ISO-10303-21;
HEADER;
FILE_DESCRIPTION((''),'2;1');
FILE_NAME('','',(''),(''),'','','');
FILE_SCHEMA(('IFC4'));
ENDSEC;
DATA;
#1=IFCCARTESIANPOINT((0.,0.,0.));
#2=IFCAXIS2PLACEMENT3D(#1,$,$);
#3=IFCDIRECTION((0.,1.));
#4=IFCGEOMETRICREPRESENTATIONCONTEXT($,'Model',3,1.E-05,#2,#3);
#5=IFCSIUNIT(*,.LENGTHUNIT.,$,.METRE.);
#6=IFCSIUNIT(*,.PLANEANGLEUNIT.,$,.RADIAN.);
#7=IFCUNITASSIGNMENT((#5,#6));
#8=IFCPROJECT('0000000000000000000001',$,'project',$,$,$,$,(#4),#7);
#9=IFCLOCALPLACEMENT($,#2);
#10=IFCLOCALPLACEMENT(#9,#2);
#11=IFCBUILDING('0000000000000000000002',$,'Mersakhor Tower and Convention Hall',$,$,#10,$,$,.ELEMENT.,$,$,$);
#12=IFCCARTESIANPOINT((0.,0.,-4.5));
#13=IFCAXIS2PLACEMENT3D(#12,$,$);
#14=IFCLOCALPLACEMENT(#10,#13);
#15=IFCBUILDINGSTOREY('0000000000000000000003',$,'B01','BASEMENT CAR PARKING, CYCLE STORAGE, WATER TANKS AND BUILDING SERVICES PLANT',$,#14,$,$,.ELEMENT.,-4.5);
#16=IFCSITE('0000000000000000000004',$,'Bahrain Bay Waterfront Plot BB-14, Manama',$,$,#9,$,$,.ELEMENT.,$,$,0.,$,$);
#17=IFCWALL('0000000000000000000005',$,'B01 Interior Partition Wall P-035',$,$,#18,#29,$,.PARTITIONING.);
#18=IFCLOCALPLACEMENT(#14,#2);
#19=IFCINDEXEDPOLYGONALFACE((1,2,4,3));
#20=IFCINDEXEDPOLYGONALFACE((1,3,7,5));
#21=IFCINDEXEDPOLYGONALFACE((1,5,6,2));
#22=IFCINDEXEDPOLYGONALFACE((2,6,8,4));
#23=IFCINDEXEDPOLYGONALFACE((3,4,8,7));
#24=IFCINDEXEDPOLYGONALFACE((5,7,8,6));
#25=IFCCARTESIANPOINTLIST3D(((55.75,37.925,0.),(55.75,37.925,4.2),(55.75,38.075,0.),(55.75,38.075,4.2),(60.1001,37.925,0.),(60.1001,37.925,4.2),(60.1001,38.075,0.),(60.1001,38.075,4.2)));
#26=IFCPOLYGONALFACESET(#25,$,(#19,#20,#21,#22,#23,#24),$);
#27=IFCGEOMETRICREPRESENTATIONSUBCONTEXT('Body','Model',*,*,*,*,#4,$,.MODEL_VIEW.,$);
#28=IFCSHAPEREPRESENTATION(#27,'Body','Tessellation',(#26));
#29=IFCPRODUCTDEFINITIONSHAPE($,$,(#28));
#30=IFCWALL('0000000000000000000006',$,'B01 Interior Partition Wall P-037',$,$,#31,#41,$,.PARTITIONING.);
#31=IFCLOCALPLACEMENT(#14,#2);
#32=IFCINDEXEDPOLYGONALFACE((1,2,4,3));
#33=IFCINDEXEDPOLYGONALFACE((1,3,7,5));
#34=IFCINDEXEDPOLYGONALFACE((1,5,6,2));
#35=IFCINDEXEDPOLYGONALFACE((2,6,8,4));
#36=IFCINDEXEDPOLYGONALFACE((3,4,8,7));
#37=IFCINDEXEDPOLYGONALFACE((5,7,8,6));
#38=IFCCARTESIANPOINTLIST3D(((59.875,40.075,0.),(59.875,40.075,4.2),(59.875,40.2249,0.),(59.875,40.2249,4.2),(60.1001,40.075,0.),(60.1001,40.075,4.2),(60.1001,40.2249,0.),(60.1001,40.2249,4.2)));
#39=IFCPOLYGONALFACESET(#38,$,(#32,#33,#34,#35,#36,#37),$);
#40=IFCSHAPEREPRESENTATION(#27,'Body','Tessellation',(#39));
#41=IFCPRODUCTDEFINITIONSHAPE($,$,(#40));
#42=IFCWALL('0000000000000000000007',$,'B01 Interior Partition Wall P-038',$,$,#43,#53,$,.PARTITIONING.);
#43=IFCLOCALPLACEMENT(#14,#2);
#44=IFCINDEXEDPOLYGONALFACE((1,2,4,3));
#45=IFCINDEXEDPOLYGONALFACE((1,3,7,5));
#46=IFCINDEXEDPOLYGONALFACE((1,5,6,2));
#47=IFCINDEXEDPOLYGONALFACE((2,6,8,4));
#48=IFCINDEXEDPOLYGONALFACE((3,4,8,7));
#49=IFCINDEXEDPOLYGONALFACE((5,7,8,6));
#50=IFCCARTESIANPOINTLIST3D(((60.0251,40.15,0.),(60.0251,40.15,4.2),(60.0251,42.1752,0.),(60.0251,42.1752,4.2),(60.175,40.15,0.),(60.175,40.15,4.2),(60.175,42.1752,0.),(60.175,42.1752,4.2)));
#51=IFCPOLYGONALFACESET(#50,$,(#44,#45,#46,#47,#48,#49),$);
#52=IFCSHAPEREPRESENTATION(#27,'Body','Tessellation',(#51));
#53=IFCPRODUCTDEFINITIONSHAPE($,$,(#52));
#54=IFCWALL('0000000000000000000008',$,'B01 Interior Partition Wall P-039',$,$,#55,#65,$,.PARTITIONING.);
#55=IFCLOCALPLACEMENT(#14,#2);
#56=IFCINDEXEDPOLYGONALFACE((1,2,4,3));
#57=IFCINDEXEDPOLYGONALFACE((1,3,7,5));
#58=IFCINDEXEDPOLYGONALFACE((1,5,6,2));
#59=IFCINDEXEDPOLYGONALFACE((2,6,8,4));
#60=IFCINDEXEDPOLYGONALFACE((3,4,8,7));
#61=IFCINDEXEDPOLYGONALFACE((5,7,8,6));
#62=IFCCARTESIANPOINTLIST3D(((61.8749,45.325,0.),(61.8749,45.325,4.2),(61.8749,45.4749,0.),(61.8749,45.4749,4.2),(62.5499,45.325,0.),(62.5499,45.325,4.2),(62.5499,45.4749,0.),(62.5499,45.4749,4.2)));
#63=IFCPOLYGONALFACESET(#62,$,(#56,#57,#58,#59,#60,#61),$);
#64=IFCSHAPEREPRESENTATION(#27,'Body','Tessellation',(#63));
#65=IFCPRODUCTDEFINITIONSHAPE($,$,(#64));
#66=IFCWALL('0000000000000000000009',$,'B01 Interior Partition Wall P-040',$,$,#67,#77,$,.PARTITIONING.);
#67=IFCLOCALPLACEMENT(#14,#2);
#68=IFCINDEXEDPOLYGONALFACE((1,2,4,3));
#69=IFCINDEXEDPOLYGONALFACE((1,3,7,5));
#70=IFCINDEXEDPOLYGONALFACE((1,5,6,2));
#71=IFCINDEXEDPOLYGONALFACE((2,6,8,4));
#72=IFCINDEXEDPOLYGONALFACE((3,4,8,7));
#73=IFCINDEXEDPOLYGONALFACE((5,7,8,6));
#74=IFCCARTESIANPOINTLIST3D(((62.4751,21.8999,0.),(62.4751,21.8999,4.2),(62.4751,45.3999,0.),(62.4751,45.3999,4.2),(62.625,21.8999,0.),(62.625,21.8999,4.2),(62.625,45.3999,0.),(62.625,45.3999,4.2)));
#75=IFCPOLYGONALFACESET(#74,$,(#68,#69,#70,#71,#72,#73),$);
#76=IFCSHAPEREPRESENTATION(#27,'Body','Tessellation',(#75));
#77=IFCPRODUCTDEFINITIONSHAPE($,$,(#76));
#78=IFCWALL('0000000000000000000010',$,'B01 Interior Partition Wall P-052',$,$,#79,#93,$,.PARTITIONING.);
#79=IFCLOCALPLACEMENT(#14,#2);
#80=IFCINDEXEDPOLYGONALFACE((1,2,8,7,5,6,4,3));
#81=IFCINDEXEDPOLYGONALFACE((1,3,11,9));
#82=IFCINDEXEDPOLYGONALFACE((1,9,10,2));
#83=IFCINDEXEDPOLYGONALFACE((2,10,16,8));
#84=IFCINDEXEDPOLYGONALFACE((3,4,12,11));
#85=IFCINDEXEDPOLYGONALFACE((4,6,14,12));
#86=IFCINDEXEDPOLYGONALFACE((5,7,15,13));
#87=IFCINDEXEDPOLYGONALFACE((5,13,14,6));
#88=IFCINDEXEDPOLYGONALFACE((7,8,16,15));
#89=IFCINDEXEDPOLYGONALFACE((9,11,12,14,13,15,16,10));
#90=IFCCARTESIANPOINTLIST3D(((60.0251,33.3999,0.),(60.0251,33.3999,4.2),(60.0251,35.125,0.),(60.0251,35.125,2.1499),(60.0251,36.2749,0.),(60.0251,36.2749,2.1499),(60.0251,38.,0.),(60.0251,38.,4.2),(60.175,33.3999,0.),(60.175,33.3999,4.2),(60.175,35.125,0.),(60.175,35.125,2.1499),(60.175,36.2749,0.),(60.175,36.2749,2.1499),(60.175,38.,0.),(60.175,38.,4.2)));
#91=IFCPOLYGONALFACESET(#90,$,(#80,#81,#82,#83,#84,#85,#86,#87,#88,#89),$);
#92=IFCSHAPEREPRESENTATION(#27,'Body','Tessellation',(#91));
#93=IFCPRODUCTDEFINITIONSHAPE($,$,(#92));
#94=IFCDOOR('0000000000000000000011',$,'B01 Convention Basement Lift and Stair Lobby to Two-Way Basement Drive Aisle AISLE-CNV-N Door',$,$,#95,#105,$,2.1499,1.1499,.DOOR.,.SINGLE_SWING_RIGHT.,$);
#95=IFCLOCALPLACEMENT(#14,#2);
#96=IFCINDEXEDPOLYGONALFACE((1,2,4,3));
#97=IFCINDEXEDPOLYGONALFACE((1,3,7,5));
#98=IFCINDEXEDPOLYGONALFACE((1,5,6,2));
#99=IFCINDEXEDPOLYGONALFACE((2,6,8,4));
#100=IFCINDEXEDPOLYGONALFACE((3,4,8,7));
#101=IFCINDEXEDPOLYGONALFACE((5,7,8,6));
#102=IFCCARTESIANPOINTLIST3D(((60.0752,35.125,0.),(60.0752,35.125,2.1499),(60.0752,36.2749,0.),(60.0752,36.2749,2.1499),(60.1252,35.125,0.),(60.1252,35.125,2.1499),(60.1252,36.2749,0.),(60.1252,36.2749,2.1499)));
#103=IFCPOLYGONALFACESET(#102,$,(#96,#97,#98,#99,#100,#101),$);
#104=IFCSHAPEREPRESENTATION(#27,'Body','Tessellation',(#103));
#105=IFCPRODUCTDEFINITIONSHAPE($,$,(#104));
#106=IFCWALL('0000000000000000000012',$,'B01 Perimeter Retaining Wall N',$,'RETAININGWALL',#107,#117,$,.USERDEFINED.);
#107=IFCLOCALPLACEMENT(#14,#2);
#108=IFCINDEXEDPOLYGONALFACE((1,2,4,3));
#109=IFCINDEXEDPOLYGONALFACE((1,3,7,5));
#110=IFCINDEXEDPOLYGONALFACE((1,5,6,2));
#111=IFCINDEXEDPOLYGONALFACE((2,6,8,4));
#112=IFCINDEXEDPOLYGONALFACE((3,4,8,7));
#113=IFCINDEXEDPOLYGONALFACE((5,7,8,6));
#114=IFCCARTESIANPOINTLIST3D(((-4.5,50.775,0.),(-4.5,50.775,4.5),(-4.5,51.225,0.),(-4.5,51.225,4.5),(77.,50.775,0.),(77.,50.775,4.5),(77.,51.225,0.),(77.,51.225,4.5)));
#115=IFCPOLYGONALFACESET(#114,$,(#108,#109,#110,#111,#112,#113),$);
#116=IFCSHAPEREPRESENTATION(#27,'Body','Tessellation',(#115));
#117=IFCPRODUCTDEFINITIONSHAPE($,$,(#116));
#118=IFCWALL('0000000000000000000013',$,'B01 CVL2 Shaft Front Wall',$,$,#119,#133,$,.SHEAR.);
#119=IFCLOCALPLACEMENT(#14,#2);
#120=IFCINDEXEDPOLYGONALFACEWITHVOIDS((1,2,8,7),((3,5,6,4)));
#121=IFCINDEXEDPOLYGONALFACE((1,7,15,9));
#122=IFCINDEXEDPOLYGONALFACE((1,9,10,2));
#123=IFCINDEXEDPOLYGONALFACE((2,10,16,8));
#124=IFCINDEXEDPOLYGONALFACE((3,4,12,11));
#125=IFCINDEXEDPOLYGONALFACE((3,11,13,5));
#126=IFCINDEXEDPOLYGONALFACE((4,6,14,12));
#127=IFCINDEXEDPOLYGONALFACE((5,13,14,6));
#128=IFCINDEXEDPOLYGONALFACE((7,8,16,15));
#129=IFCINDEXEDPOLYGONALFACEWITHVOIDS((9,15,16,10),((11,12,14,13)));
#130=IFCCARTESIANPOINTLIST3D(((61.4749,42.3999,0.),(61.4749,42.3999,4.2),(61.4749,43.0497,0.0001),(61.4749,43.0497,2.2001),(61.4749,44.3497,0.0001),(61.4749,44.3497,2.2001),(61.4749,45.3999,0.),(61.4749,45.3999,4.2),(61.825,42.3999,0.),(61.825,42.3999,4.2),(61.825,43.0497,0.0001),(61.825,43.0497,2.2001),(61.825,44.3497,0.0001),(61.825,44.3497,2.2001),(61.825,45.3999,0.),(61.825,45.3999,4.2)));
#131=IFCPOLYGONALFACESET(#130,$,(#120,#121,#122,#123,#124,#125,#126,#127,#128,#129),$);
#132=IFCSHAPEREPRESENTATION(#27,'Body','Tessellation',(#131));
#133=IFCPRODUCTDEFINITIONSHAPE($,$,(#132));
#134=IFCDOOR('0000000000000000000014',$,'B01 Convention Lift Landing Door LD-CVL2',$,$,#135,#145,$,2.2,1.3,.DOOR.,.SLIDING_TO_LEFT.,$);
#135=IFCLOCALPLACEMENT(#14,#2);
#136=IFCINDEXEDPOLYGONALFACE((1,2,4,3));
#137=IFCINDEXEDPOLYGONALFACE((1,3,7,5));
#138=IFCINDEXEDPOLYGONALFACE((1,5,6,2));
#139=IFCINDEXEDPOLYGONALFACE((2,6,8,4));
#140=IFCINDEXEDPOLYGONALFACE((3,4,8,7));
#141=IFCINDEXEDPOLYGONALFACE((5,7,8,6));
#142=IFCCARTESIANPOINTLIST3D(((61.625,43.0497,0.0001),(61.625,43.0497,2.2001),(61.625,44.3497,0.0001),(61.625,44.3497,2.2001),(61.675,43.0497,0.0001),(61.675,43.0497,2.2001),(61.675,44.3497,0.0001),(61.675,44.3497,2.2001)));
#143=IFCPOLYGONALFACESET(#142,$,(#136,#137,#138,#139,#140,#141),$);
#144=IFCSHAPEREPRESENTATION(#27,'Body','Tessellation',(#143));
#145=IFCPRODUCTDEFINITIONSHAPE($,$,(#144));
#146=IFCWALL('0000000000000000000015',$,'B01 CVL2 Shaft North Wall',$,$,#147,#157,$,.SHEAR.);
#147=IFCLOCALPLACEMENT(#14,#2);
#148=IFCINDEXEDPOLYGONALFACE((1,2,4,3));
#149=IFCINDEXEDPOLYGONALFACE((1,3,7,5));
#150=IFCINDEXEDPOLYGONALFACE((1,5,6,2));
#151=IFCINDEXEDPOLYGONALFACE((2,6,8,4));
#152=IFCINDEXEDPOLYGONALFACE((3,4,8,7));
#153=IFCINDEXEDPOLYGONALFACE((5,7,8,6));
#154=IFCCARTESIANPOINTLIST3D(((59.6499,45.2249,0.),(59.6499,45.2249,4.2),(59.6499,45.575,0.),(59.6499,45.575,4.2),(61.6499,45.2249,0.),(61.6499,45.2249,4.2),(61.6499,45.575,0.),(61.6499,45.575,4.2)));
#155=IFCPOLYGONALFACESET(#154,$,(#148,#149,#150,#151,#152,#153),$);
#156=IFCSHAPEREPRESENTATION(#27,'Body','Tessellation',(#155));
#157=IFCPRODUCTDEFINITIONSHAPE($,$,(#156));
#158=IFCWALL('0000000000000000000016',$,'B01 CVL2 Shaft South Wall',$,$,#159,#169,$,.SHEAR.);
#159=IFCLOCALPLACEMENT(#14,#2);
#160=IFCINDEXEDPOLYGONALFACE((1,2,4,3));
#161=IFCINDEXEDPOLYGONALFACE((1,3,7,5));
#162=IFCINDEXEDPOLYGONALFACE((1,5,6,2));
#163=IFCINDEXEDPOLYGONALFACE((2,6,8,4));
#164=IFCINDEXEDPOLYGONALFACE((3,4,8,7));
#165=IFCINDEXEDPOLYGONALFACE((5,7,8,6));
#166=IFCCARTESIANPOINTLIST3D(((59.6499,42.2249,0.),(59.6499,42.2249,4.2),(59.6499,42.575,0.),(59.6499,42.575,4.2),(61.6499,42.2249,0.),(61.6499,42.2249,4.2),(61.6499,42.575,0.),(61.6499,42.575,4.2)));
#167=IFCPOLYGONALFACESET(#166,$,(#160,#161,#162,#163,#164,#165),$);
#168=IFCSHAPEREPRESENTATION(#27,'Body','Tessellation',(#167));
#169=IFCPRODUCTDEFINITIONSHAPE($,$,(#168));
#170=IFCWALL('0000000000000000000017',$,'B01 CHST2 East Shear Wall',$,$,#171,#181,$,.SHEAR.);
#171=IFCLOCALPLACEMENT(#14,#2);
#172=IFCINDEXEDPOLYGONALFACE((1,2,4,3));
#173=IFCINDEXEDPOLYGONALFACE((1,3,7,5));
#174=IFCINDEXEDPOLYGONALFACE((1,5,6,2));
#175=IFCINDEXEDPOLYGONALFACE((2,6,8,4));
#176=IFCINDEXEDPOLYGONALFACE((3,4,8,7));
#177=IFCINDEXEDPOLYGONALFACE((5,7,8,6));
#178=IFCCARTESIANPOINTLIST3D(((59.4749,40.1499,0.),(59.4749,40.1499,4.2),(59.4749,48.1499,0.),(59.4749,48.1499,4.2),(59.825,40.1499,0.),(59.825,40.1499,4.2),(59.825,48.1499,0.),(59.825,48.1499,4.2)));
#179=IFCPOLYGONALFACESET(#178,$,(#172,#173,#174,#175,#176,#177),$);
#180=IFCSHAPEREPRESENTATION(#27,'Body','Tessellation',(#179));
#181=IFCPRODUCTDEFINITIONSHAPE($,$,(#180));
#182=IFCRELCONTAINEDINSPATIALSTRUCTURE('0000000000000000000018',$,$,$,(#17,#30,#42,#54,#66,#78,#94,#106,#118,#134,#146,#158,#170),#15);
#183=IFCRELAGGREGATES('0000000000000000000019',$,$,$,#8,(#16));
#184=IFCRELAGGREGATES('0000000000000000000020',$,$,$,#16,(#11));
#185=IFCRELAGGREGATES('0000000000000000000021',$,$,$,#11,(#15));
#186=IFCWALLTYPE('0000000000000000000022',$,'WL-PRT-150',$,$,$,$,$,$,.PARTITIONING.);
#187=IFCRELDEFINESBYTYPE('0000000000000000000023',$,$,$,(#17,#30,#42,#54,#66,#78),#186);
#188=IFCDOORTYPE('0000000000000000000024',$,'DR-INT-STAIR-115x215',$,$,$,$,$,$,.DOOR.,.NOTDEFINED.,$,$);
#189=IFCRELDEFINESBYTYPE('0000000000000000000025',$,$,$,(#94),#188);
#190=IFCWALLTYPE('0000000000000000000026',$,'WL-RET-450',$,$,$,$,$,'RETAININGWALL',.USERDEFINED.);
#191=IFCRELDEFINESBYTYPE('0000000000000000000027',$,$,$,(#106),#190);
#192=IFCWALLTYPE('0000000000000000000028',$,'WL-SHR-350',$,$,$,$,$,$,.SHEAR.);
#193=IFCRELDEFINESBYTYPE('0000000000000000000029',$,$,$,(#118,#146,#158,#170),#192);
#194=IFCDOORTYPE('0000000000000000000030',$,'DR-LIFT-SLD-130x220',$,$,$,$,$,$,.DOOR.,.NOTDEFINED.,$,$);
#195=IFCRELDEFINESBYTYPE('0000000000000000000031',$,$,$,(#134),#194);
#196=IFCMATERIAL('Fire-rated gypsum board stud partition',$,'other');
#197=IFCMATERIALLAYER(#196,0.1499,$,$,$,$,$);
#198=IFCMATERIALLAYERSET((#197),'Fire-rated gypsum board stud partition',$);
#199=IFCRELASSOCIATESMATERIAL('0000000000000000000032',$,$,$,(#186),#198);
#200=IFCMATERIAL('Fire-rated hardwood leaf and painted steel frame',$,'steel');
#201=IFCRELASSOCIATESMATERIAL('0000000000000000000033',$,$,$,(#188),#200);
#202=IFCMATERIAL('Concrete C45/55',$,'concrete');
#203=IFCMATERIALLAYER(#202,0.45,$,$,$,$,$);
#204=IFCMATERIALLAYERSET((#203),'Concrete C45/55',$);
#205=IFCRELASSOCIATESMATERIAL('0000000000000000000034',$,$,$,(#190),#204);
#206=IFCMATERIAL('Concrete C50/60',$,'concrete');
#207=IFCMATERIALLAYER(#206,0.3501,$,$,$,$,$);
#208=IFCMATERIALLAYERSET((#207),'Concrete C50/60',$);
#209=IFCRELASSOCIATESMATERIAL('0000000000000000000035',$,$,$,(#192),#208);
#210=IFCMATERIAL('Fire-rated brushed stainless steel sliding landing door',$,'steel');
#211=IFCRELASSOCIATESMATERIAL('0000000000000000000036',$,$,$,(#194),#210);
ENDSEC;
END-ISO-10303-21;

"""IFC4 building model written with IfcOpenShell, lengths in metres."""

from ifc_helpers import new_model, si_unit, direction, frame, frame_2d, origin, place, context, subcontext, project, spatial, rectangle, extrude, material, layer, layer_set, type_object, element, fill, save


model = new_model("IFC4")

# Units and contexts
model_context = context("Model", 3, precision=1e-05, world=origin(), true_north=direction((0.0, 1.0)))
body_context = subcontext(model_context, "Body", "Model", "MODEL_VIEW")
ifc_project = project(units=[si_unit("LENGTHUNIT", "METRE"), si_unit("PLANEANGLEUNIT", "RADIAN")], contexts=[model_context])

# Site, building, storey
site_placement = place(None, origin())
site = spatial("IfcSite", under=ifc_project, at=site_placement, Name="Bahrain Bay Waterfront Plot BB-14, Manama", CompositionType="ELEMENT", RefElevation=0.0)
building_placement = place(site_placement, origin())
building = spatial("IfcBuilding", under=site, at=building_placement, Name="Mersakhor Tower and Convention Hall", CompositionType="ELEMENT")
storey_placement = place(building_placement, frame((0.0, 0.0, -4.5)))
storey = spatial("IfcBuildingStorey", under=building, at=storey_placement, Name="B01", Description="BASEMENT CAR PARKING, CYCLE STORAGE, WATER TANKS AND BUILDING SERVICES PLANT", CompositionType="ELEMENT", Elevation=-4.5)

# Walls
ifc_material_1 = material(Name="Fire-rated gypsum board stud partition", Category="other")
ifc_layer_1 = layer(ifc_material_1, 0.1499)
ifc_layer_set_1 = layer_set([ifc_layer_1], Name="Fire-rated gypsum board stud partition")
wall_type_1 = type_object("IfcWallType", Name="WL-PRT-150", PredefinedType="PARTITIONING", material=ifc_layer_set_1)
wall_1_placement = place(storey_placement, frame((60.1001, 38.0, 0.0), z_axis=(0.0, 0.0, 1.0), x_axis=(-1.0, 0.0, 0.0)))
element("IfcWall", 1, at=wall_1_placement, inside=storey, type_object=wall_type_1, Name="B01 Interior Partition Wall P-035", PredefinedType="PARTITIONING", context=body_context, shape_type="SweptSolid", body=[
    extrude(rectangle(XDim=4.3501, YDim=0.1499, at=frame_2d((2.175, 0.0))), origin(), (0.0, 0.0, 1.0), 4.2),
])
wall_2_placement = place(storey_placement, frame((59.875, 40.1499, 0.0), z_axis=(0.0, 0.0, 1.0), x_axis=(1.0, 0.0, 0.0)))
element("IfcWall", 2, at=wall_2_placement, inside=storey, type_object=wall_type_1, Name="B01 Interior Partition Wall P-037", PredefinedType="PARTITIONING", context=body_context, shape_type="SweptSolid", body=[
    extrude(rectangle(XDim=0.2251, YDim=0.1499, at=frame_2d((0.1125, 0.0))), origin(), (0.0, 0.0, 1.0), 4.2),
])
wall_3_placement = place(storey_placement, frame((60.1001, 40.1499, 0.0), z_axis=(0.0, 0.0, 1.0), x_axis=(0.0, 1.0, 0.0)))
element("IfcWall", 3, at=wall_3_placement, inside=storey, type_object=wall_type_1, Name="B01 Interior Partition Wall P-038", PredefinedType="PARTITIONING", context=body_context, shape_type="SweptSolid", body=[
    extrude(rectangle(XDim=2.0251, YDim=0.1499, at=frame_2d((1.0127, 0.0))), origin(), (0.0, 0.0, 1.0), 4.2),
])
wall_4_placement = place(storey_placement, frame((61.875, 45.3999, 0.0), z_axis=(0.0, 0.0, 1.0), x_axis=(1.0, 0.0, 0.0)))
element("IfcWall", 4, at=wall_4_placement, inside=storey, type_object=wall_type_1, Name="B01 Interior Partition Wall P-039", PredefinedType="PARTITIONING", context=body_context, shape_type="SweptSolid", body=[
    extrude(rectangle(XDim=0.675, YDim=0.1499, at=frame_2d((0.3374, 0.0))), origin(), (0.0, 0.0, 1.0), 4.2),
])
wall_5_placement = place(storey_placement, frame((62.55, 45.3999, 0.0), z_axis=(0.0, 0.0, 1.0), x_axis=(0.0, -1.0, 0.0)))
element("IfcWall", 5, at=wall_5_placement, inside=storey, type_object=wall_type_1, Name="B01 Interior Partition Wall P-040", PredefinedType="PARTITIONING", context=body_context, shape_type="SweptSolid", body=[
    extrude(rectangle(XDim=23.5, YDim=0.1499, at=frame_2d((11.75, 0.0))), origin(), (0.0, 0.0, 1.0), 4.2),
])

# Wall, opening, door
wall_6_placement = place(storey_placement, frame((60.1001, 33.3999, 0.0), z_axis=(0.0, 0.0, 1.0), x_axis=(0.0, 1.0, 0.0)))
wall_6 = element("IfcWall", 6, at=wall_6_placement, inside=storey, type_object=wall_type_1, Name="B01 Interior Partition Wall P-052", PredefinedType="PARTITIONING", context=body_context, shape_type="SweptSolid", body=[
    extrude(rectangle(XDim=4.6001, YDim=0.1499, at=frame_2d((2.3, 0.0))), origin(), (0.0, 0.0, 1.0), 4.2),
])
opening_1_placement = place(wall_6_placement, frame((1.7251, 0.0, 0.0)))
opening_1 = element("IfcOpeningElement", 7, at=opening_1_placement, cuts=wall_6, PredefinedType="OPENING", context=body_context, shape_type="SweptSolid", body=[
    extrude(rectangle(XDim=1.1499, YDim=2.1499, at=frame_2d((0.575, 1.075))), frame((0.0, 0.085, 0.0), z_axis=(0.0, -1.0, 0.0), x_axis=(1.0, 0.0, 0.0)), (0.0, 0.0, 1.0), 0.1699),
])
ifc_material_2 = material(Name="Fire-rated hardwood leaf and painted steel frame", Category="steel")
door_type_1 = type_object("IfcDoorType", Name="DR-INT-STAIR-115x215", OperationType="NOTDEFINED", PredefinedType="DOOR", material=ifc_material_2)
door_1_placement = place(opening_1_placement, origin())
door_1 = element("IfcDoor", 8, at=door_1_placement, inside=storey, type_object=door_type_1, Name="B01 Convention Basement Lift and Stair Lobby to Two-Way Basement Drive Aisle AISLE-CNV-N Door", OperationType="SINGLE_SWING_RIGHT", OverallHeight=2.1499, OverallWidth=1.1499, PredefinedType="DOOR", context=body_context, shape_type="SweptSolid", body=[
    extrude(rectangle(XDim=1.1499, YDim=2.1499, at=frame_2d((0.575, 1.075))), frame((0.0, 0.0249, 0.0), z_axis=(0.0, -1.0, 0.0), x_axis=(1.0, 0.0, 0.0)), (0.0, 0.0, 1.0), 0.05),
])
fill(opening_1, door_1)

# Wall
ifc_material_3 = material(Name="Concrete C45/55", Category="concrete")
ifc_layer_2 = layer(ifc_material_3, 0.45)
ifc_layer_set_2 = layer_set([ifc_layer_2], Name="Concrete C45/55")
wall_type_2 = type_object("IfcWallType", Name="WL-RET-450", ElementType="RETAININGWALL", PredefinedType="USERDEFINED", material=ifc_layer_set_2)
wall_7_placement = place(storey_placement, frame((77.0, 51.0, 0.0), z_axis=(0.0, 0.0, 1.0), x_axis=(-1.0, 0.0, 0.0)))
element("IfcWall", 9, at=wall_7_placement, inside=storey, type_object=wall_type_2, Name="B01 Perimeter Retaining Wall N", ObjectType="RETAININGWALL", PredefinedType="USERDEFINED", context=body_context, shape_type="SweptSolid", body=[
    extrude(rectangle(XDim=81.5, YDim=0.45, at=frame_2d((40.75, 0.0))), origin(), (0.0, 0.0, 1.0), 4.5),
])

# Wall, opening, door
ifc_material_4 = material(Name="Concrete C50/60", Category="concrete")
ifc_layer_3 = layer(ifc_material_4, 0.3501)
ifc_layer_set_3 = layer_set([ifc_layer_3], Name="Concrete C50/60")
wall_type_3 = type_object("IfcWallType", Name="WL-SHR-350", PredefinedType="SHEAR", material=ifc_layer_set_3)
wall_8_placement = place(storey_placement, frame((61.6499, 42.3999, 0.0), z_axis=(0.0, 0.0, 1.0), x_axis=(0.0, 1.0, 0.0)))
wall_8 = element("IfcWall", 10, at=wall_8_placement, inside=storey, type_object=wall_type_3, Name="B01 CVL2 Shaft Front Wall", PredefinedType="SHEAR", context=body_context, shape_type="SweptSolid", body=[
    extrude(rectangle(XDim=3.0, YDim=0.3501, at=frame_2d((1.5, 0.0))), origin(), (0.0, 0.0, 1.0), 4.2),
])
opening_2_placement = place(wall_8_placement, frame((0.6499, 0.0, 0.0)))
opening_2 = element("IfcOpeningElement", 11, at=opening_2_placement, cuts=wall_8, PredefinedType="OPENING", context=body_context, shape_type="SweptSolid", body=[
    extrude(rectangle(XDim=1.3, YDim=2.2, at=frame_2d((0.6499, 1.1001))), frame((0.0, 0.1851, 0.0), z_axis=(0.0, -1.0, 0.0), x_axis=(1.0, 0.0, 0.0)), (0.0, 0.0, 1.0), 0.3701),
])
ifc_material_5 = material(Name="Fire-rated brushed stainless steel sliding landing door", Category="steel")
door_type_2 = type_object("IfcDoorType", Name="DR-LIFT-SLD-130x220", OperationType="NOTDEFINED", PredefinedType="DOOR", material=ifc_material_5)
door_2_placement = place(opening_2_placement, origin())
door_2 = element("IfcDoor", 12, at=door_2_placement, inside=storey, type_object=door_type_2, Name="B01 Convention Lift Landing Door LD-CVL2", OperationType="SLIDING_TO_LEFT", OverallHeight=2.2, OverallWidth=1.3, PredefinedType="DOOR", context=body_context, shape_type="SweptSolid", body=[
    extrude(rectangle(XDim=1.3, YDim=2.2, at=frame_2d((0.6499, 1.1001))), frame((0.0, 0.0249, 0.0), z_axis=(0.0, -1.0, 0.0), x_axis=(1.0, 0.0, 0.0)), (0.0, 0.0, 1.0), 0.05),
])
fill(opening_2, door_2)

# Walls
for number, where, z_axis, x_axis, name in (
    (13, (59.6499, 45.3999, 0.0), (0.0, 0.0, 1.0), (1.0, 0.0, 0.0), "B01 CVL2 Shaft North Wall"),
    (14, (59.6499, 42.3999, 0.0), (0.0, 0.0, 1.0), (1.0, 0.0, 0.0), "B01 CVL2 Shaft South Wall"),
):
    element("IfcWall", number, at=place(storey_placement, frame(where, z_axis=z_axis, x_axis=x_axis)), inside=storey, type_object=wall_type_3, Name=name, PredefinedType="SHEAR", context=body_context, shape_type="SweptSolid", body=[
        extrude(rectangle(XDim=2.0, YDim=0.3501, at=frame_2d((1.0, 0.0))), origin(), (0.0, 0.0, 1.0), 4.2),
    ])
for number, where, z_axis, x_axis, name in (
    (15, (59.6499, 48.1499, 0.0), (0.0, 0.0, 1.0), (0.0, -1.0, 0.0), "B01 CHST2 East Shear Wall"),
):
    element("IfcWall", number, at=place(storey_placement, frame(where, z_axis=z_axis, x_axis=x_axis)), inside=storey, type_object=wall_type_3, Name=name, PredefinedType="SHEAR", context=body_context, shape_type="SweptSolid", body=[
        extrude(rectangle(XDim=8.0, YDim=0.3501, at=frame_2d((4.0, 0.0))), origin(), (0.0, 0.0, 1.0), 4.2),
    ])

save(model, "model.ifc")
